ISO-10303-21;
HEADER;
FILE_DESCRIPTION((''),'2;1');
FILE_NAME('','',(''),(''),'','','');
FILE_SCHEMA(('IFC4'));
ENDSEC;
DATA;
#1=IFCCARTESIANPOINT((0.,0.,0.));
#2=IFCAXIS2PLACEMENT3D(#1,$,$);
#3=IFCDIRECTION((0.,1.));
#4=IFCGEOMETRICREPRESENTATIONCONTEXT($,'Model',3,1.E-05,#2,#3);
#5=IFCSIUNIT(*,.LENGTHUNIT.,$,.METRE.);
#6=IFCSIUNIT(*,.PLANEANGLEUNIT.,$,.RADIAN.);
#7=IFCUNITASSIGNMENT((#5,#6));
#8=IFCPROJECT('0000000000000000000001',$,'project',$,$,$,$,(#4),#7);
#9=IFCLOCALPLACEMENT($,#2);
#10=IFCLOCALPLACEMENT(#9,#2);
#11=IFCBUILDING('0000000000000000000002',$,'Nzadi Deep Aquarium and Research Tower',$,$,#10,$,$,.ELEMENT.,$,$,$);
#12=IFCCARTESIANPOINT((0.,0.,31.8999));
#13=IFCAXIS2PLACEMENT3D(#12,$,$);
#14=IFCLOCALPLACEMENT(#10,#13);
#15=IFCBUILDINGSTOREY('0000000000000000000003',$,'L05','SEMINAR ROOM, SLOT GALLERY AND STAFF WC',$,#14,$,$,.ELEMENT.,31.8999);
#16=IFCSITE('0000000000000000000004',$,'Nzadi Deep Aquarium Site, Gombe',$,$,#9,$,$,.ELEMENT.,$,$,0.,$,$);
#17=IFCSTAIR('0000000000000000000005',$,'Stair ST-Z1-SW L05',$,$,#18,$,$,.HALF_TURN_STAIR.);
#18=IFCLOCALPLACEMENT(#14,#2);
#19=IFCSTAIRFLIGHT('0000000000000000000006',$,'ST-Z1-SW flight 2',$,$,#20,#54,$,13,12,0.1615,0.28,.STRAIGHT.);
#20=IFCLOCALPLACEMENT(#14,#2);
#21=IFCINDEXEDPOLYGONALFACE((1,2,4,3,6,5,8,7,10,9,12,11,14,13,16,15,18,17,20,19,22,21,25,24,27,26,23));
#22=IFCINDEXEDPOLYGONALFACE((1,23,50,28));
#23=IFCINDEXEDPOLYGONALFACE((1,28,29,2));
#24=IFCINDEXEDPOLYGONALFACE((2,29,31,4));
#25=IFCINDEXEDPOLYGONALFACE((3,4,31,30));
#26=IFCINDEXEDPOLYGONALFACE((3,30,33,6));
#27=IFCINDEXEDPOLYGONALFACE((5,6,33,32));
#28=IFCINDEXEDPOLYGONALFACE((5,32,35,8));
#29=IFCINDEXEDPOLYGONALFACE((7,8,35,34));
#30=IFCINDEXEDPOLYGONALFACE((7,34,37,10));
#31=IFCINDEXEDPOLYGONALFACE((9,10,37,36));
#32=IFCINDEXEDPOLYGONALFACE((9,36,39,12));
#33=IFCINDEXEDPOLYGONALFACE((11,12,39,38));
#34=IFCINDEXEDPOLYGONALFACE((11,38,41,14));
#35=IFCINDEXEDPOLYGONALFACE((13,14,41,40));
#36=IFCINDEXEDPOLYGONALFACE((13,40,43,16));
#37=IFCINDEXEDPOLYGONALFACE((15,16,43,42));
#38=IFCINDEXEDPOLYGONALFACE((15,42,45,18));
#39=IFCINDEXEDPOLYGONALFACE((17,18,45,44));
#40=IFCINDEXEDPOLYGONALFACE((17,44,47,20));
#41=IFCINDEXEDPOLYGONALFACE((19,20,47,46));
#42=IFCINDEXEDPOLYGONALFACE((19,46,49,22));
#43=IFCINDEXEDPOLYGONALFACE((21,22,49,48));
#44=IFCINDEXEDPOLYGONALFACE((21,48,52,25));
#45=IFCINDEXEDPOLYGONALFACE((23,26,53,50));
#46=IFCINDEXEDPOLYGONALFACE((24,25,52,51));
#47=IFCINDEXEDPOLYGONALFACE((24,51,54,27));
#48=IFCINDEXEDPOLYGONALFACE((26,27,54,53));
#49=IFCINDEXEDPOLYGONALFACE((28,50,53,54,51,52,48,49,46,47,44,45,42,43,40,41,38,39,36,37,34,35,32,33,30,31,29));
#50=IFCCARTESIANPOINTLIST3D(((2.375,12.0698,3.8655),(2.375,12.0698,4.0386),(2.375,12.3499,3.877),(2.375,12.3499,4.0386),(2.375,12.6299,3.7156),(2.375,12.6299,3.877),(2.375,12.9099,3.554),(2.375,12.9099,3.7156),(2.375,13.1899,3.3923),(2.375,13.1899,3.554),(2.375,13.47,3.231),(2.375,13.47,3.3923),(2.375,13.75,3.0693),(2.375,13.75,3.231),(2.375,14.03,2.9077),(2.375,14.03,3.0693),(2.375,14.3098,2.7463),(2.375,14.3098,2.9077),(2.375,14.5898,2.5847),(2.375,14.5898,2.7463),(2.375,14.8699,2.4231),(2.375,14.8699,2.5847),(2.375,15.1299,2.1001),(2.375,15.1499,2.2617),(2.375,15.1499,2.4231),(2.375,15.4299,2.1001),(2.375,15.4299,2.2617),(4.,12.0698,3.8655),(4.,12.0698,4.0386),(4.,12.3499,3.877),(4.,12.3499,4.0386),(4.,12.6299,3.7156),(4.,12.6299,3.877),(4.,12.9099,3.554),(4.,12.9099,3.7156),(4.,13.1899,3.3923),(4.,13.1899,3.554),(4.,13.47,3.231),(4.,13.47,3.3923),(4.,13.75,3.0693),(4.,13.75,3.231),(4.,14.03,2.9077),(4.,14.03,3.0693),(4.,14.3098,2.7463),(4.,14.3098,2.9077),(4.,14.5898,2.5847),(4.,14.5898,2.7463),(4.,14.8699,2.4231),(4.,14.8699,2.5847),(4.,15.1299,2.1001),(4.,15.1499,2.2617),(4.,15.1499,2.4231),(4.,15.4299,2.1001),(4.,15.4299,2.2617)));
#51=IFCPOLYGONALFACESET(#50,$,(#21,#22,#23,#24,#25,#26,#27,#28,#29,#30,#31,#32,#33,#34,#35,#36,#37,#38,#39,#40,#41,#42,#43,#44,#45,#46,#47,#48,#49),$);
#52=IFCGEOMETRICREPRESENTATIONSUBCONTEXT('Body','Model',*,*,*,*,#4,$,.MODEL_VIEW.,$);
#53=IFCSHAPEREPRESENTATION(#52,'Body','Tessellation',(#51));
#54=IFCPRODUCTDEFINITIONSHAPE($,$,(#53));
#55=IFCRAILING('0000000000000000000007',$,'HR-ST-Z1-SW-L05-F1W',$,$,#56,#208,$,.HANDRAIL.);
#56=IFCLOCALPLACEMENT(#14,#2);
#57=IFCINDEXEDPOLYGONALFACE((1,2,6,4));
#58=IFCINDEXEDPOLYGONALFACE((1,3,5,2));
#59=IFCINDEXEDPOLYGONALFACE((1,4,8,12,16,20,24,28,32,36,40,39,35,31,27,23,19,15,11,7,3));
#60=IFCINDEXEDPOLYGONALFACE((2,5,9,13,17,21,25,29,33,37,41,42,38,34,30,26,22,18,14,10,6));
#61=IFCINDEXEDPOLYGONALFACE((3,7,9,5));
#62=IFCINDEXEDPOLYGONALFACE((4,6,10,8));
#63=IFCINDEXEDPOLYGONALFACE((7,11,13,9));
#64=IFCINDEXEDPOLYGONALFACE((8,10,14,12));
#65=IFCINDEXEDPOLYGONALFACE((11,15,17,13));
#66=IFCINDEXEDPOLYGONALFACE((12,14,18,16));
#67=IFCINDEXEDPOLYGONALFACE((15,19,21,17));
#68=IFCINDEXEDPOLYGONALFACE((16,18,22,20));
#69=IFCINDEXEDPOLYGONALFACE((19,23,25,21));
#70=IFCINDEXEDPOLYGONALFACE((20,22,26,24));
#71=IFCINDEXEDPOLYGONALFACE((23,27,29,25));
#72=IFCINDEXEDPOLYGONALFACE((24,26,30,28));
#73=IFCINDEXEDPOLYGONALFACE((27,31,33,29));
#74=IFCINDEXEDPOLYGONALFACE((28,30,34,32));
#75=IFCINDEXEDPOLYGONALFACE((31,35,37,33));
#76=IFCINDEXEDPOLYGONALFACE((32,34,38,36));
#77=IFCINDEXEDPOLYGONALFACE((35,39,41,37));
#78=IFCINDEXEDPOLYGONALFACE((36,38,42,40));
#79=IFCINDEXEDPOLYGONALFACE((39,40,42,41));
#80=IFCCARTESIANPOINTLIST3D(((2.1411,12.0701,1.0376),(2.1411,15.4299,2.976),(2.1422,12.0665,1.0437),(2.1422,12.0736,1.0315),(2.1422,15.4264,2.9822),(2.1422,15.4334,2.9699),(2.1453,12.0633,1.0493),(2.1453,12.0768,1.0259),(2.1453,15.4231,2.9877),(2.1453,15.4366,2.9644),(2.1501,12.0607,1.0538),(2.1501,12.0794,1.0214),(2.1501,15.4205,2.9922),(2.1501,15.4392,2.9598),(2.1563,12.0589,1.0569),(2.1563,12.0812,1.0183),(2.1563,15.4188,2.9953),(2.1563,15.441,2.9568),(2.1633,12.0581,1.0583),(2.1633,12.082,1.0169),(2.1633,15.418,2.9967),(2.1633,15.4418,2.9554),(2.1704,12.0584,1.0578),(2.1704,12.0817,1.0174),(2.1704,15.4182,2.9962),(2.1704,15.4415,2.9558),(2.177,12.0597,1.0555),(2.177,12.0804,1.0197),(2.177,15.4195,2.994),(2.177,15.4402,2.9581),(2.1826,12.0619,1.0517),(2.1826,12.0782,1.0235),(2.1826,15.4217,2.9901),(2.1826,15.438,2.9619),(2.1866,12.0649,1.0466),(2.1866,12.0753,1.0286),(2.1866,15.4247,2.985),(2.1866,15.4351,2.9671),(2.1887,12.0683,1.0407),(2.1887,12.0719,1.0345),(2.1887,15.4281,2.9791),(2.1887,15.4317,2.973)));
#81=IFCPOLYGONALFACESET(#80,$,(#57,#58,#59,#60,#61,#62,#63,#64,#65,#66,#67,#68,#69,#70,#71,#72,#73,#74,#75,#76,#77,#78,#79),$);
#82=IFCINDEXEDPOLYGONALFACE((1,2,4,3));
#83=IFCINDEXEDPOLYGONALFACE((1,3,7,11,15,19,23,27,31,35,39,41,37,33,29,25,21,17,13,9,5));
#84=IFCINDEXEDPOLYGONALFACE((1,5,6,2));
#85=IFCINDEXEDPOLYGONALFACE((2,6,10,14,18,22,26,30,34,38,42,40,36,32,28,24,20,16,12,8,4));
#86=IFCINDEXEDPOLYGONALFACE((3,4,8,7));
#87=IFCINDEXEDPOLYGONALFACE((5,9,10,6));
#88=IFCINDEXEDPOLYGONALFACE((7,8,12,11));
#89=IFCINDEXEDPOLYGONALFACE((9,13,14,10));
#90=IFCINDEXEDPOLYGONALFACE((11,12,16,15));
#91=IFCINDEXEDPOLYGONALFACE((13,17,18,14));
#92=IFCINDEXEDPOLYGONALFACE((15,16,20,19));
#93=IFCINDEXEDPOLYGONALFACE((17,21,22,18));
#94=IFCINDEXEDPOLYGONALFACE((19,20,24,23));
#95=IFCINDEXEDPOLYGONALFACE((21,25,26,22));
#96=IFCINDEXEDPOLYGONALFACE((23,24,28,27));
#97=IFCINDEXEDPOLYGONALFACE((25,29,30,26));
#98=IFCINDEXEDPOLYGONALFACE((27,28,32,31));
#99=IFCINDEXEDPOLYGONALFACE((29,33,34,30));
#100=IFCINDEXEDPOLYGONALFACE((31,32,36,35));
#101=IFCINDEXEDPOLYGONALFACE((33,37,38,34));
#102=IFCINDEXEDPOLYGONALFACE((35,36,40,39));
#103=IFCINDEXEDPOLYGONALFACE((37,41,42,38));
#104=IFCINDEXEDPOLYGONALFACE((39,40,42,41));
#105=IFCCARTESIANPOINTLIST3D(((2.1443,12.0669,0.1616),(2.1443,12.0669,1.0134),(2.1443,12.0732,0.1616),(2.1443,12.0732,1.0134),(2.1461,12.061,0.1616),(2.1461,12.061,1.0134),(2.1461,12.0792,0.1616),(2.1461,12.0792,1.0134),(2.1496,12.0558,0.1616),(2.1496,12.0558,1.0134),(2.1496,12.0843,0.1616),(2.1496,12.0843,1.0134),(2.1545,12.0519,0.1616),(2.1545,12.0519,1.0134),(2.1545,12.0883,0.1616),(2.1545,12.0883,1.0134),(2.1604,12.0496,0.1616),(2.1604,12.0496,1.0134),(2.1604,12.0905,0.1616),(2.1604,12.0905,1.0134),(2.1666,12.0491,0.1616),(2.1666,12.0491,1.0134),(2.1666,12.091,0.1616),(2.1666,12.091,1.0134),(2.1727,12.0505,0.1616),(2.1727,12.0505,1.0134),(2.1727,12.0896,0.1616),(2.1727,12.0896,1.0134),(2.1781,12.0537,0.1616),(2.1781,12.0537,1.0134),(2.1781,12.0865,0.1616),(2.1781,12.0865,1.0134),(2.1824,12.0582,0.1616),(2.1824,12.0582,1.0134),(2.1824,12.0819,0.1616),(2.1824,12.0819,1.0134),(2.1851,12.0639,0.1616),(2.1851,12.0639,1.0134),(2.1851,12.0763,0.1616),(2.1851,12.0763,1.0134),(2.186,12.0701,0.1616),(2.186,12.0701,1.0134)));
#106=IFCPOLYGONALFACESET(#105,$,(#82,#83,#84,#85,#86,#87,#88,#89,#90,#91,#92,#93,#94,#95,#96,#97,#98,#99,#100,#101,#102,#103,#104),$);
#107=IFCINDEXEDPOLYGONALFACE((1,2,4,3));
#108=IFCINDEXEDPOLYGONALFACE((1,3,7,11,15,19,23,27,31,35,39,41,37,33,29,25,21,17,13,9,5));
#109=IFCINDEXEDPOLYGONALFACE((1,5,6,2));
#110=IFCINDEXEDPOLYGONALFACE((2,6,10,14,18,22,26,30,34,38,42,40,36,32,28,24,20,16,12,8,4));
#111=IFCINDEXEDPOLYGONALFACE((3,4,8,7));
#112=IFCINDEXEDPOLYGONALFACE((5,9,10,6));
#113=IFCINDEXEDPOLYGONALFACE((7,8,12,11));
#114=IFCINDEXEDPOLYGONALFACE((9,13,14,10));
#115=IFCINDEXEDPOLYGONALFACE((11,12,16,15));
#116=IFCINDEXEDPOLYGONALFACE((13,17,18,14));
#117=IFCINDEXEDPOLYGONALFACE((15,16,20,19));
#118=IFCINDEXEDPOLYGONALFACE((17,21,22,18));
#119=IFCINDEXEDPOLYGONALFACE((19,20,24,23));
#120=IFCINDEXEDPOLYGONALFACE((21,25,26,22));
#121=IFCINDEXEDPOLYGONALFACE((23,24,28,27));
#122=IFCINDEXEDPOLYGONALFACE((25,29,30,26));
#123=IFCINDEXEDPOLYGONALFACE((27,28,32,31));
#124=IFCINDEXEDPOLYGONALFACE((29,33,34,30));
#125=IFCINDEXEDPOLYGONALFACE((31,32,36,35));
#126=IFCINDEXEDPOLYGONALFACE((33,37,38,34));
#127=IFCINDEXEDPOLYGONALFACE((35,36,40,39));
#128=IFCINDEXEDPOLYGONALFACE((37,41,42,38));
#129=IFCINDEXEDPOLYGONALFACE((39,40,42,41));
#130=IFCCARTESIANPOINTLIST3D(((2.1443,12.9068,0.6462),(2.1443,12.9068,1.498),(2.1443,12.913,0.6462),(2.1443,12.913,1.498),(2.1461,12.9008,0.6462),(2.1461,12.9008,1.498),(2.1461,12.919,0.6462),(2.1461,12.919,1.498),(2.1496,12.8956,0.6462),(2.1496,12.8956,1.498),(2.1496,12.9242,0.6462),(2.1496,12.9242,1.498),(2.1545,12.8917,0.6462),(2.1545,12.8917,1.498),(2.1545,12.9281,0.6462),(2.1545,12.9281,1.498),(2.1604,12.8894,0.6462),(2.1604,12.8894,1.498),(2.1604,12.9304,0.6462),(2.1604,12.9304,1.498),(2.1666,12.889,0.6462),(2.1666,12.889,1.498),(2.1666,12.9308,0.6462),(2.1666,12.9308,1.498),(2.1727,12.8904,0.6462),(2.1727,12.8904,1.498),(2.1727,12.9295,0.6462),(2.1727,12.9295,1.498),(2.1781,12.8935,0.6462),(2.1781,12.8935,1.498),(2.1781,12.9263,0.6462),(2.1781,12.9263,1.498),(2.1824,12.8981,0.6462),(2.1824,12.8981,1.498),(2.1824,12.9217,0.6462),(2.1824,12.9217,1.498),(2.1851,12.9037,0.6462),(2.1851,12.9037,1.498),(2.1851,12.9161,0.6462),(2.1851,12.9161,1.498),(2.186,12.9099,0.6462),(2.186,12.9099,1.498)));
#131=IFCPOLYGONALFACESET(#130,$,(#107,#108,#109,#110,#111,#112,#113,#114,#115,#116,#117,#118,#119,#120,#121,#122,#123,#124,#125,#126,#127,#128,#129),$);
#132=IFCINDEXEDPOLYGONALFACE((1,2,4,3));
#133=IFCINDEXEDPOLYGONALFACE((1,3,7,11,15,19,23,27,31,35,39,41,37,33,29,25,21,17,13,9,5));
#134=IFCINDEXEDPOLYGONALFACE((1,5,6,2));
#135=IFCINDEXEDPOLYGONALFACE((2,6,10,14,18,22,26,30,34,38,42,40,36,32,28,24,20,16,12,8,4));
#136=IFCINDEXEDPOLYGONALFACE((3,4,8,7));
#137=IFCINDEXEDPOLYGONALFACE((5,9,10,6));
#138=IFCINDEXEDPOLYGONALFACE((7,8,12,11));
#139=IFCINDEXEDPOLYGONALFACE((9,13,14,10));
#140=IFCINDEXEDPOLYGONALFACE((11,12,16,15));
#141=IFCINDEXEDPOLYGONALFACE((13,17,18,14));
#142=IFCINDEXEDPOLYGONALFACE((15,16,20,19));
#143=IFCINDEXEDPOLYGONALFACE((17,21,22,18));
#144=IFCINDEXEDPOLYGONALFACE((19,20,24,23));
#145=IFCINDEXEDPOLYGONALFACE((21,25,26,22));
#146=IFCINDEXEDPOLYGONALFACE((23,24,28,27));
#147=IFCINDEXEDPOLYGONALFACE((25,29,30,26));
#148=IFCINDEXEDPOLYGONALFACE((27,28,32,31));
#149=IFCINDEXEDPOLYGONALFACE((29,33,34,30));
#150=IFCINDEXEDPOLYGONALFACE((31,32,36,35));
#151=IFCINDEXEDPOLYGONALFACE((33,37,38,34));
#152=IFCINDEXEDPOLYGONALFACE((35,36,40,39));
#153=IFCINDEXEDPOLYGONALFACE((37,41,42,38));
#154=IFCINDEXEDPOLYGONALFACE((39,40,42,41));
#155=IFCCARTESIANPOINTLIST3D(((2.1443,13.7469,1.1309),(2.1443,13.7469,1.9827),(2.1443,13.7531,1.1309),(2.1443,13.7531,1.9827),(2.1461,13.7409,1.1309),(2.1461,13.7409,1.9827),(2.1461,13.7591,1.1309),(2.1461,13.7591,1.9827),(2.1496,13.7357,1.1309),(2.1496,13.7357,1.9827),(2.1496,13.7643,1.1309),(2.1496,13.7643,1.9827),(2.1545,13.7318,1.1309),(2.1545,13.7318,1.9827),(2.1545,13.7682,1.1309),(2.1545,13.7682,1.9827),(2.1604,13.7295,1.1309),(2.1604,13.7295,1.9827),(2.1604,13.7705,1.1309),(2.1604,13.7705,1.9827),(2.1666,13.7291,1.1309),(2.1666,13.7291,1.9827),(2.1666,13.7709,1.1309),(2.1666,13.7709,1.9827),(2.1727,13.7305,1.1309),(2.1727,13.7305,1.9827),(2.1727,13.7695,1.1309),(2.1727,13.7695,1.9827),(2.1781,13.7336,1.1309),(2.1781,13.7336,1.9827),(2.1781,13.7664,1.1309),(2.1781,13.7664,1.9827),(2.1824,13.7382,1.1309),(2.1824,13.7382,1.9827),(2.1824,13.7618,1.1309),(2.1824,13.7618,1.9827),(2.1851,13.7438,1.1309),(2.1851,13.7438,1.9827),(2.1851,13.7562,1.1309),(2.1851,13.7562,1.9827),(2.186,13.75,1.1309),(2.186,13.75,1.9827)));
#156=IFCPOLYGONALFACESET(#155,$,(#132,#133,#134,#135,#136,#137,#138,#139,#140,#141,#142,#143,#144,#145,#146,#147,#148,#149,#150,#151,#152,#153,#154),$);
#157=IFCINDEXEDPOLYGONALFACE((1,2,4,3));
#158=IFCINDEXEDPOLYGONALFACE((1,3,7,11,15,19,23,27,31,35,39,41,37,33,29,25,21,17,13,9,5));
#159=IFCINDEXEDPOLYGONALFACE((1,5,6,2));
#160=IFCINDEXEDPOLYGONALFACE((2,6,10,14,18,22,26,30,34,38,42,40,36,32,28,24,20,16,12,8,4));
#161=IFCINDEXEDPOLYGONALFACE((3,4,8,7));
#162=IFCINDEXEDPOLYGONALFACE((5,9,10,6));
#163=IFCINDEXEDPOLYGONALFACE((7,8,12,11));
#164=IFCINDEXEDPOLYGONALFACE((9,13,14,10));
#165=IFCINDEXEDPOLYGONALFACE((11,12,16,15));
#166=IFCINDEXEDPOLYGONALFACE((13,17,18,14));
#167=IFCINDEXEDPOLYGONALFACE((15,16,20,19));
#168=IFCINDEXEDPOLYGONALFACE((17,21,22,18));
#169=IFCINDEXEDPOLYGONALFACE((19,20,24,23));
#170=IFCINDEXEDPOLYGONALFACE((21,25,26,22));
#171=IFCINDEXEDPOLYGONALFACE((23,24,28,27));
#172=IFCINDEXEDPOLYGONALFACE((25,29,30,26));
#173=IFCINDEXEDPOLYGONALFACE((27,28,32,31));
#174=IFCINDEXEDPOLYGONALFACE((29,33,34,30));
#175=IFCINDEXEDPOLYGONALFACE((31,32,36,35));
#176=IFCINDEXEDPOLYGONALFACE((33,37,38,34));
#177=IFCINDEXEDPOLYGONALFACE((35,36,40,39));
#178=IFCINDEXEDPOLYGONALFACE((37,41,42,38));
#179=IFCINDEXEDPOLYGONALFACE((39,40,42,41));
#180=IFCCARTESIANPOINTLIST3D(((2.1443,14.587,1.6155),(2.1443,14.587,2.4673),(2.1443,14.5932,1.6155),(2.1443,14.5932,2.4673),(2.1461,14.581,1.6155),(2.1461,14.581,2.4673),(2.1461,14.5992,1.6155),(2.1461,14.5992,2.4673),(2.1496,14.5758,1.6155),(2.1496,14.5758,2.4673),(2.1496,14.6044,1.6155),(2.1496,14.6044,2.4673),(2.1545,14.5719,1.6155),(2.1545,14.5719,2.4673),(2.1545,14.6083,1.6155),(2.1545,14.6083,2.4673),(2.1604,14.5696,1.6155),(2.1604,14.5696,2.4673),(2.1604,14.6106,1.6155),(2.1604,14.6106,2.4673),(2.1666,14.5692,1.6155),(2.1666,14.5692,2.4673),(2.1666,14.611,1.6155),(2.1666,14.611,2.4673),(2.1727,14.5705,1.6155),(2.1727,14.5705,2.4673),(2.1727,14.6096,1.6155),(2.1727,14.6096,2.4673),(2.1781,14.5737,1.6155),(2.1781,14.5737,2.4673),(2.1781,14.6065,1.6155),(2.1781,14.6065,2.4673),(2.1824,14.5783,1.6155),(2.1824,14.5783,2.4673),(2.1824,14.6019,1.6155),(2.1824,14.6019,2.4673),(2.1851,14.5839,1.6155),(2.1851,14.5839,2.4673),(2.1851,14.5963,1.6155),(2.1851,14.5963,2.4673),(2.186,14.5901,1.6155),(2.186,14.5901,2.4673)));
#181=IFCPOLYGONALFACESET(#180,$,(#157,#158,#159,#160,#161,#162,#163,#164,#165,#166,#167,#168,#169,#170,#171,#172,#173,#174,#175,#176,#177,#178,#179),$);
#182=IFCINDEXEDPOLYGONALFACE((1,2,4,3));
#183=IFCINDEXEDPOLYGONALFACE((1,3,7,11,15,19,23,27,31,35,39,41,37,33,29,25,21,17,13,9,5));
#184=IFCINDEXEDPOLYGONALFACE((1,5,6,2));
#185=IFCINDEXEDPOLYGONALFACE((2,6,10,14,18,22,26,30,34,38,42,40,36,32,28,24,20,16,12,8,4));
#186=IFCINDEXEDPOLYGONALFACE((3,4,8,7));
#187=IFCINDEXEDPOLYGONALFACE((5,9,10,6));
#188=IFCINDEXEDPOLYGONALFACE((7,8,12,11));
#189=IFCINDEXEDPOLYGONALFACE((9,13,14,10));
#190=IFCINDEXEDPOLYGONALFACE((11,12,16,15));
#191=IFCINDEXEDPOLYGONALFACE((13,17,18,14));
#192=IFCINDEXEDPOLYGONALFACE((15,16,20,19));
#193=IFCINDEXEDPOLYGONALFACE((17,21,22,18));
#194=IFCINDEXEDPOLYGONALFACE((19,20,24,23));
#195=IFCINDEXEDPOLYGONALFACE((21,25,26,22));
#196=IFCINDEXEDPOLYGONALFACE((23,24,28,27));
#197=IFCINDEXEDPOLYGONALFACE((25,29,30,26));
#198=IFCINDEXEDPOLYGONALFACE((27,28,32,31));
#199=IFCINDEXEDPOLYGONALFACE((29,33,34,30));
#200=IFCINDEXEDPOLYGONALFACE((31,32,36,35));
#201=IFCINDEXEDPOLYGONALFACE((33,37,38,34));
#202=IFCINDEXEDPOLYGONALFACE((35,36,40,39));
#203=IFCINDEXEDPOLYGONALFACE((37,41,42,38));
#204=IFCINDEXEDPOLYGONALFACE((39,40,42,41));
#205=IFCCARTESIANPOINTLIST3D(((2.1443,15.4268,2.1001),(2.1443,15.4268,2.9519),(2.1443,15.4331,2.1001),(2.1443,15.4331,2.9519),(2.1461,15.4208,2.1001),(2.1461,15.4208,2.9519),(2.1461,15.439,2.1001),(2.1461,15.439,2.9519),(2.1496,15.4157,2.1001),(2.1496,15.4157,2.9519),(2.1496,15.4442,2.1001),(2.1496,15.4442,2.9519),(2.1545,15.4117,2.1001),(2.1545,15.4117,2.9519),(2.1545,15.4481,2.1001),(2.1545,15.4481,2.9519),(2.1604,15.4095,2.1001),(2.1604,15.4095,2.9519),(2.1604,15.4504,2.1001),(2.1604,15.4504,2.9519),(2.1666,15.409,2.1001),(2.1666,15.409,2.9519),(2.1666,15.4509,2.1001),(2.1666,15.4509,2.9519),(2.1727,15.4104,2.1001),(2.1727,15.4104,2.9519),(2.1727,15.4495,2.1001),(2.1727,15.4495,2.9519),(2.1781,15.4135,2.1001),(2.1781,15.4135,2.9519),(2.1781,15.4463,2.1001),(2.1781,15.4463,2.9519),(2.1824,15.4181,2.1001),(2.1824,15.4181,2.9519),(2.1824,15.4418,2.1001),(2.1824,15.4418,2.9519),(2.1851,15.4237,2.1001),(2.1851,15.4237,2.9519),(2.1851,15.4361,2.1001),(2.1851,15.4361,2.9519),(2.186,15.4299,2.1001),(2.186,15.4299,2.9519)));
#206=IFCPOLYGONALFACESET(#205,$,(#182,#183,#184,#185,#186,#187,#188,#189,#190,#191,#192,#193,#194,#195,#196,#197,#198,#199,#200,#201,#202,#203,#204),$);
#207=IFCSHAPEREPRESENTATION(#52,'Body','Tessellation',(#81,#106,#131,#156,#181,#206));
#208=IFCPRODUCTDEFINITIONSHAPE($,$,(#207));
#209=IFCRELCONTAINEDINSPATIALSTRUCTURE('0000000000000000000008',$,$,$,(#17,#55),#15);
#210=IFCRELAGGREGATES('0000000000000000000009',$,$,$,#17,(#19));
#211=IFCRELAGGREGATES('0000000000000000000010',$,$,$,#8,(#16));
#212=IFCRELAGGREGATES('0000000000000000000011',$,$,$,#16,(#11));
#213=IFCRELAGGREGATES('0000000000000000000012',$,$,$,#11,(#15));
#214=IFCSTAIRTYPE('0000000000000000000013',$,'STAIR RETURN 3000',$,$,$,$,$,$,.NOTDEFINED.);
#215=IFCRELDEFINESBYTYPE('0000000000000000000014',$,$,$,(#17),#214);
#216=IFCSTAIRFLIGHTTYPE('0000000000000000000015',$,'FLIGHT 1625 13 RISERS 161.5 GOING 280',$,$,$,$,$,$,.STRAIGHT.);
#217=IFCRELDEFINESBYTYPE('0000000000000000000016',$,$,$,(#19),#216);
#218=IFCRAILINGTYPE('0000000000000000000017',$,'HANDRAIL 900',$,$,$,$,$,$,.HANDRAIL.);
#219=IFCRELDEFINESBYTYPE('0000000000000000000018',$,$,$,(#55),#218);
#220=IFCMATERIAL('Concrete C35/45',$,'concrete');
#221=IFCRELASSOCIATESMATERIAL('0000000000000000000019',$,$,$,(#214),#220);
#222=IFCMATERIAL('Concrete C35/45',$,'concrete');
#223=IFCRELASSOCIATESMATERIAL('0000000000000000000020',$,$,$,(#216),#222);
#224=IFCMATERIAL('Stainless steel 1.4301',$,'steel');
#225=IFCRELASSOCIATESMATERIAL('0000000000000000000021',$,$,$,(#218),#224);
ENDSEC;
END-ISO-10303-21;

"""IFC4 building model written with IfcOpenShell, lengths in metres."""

from ifc_helpers import new_model, si_unit, direction, frame, origin, origin_2d, place, context, subcontext, project, spatial, polyline, circle, outline, extrude, material, type_object, element, aggregate, save


model = new_model("IFC4")

# Units and contexts
model_context = context("Model", 3, precision=1e-05, world=origin(), true_north=direction((0.0, 1.0)))
body_context = subcontext(model_context, "Body", "Model", "MODEL_VIEW")
ifc_project = project(units=[si_unit("LENGTHUNIT", "METRE"), si_unit("PLANEANGLEUNIT", "RADIAN")], contexts=[model_context])

# Site, building, storey
site_placement = place(None, origin())
site = spatial("IfcSite", under=ifc_project, at=site_placement, Name="Nzadi Deep Aquarium Site, Gombe", CompositionType="ELEMENT", RefElevation=0.0)
building_placement = place(site_placement, origin())
building = spatial("IfcBuilding", under=site, at=building_placement, Name="Nzadi Deep Aquarium and Research Tower", CompositionType="ELEMENT")
storey_placement = place(building_placement, frame((0.0, 0.0, 31.8999)))
storey = spatial("IfcBuildingStorey", under=building, at=storey_placement, Name="L05", Description="SEMINAR ROOM, SLOT GALLERY AND STAFF WC", CompositionType="ELEMENT", Elevation=31.8999)

# Stair, stair flight
ifc_material_1 = material(Name="Concrete C35/45", Category="concrete")
stair_type = type_object("IfcStairType", Name="STAIR RETURN 3000", PredefinedType="NOTDEFINED", material=ifc_material_1)
stair_placement = place(storey_placement, origin())
stair = element("IfcStair", 1, at=stair_placement, inside=storey, type_object=stair_type, Name="Stair ST-Z1-SW L05", PredefinedType="HALF_TURN_STAIR")
ifc_material_2 = material(Name="Concrete C35/45", Category="concrete")
stair_flight_type = type_object("IfcStairFlightType", Name="FLIGHT 1625 13 RISERS 161.5 GOING 280", PredefinedType="STRAIGHT", material=ifc_material_2)
stair_flight_placement = place(storey_placement, frame((3.1875, 15.4299, 2.1001), z_axis=(0.0, 0.0, 1.0), x_axis=(0.0, -1.0, 0.0)))
stair_flight = element("IfcStairFlight", 2, at=stair_flight_placement, type_object=stair_flight_type, Name="ST-Z1-SW flight 2", NumberOfRisers=13, NumberOfTreads=12, PredefinedType="STRAIGHT", RiserHeight=0.1615, TreadLength=0.28, context=body_context, shape_type="SweptSolid", body=[
    extrude(outline(polyline([(0.0, 0.0), (0.0, 0.1616), (0.28, 0.1616), (0.28, 0.323), (0.5601, 0.323), (0.5601, 0.4846), (0.8401, 0.4846), (0.8401, 0.6462), (1.1201, 0.6462), (1.1201, 0.8076), (1.3999, 0.8076), (1.3999, 0.9692), (1.6799, 0.9692), (1.6799, 1.1309), (1.96, 1.1309), (1.96, 1.2922), (2.24, 1.2922), (2.24, 1.4539), (2.52, 1.4539), (2.52, 1.6155), (2.8, 1.6155), (2.8, 1.7769), (3.0801, 1.7769), (3.0801, 1.9385), (3.3601, 1.9385), (3.3601, 2.1001), (3.3601, 1.7654), (0.3, 0.0), (0.0, 0.0)])), frame((0.0, 0.8125, 0.0), z_axis=(0.0, -1.0, 0.0), x_axis=(1.0, 0.0, 0.0)), (0.0, 0.0, 1.0), 1.625),
])
aggregate(stair, [stair_flight])

# Railing
ifc_material_3 = material(Name="Stainless steel 1.4301", Category="steel")
railing_type = type_object("IfcRailingType", Name="HANDRAIL 900", PredefinedType="HANDRAIL", material=ifc_material_3)
railing_placement = place(storey_placement, frame((2.165, 12.0701, 0.1616)))
element("IfcRailing", 3, at=railing_placement, inside=storey, type_object=railing_type, Name="HR-ST-Z1-SW-L05-F1W", PredefinedType="HANDRAIL", context=body_context, shape_type="SweptSolid", body=[
    extrude(circle(Radius=0.0239, at=origin_2d()), frame((0.0, 0.0, 0.876), z_axis=(0.0, 0.866175, 0.499741), x_axis=(-1.0, 0.0, 0.0)), (0.0, 0.0, 1.0), 3.8789),
    extrude(circle(Radius=0.021, at=origin_2d()), origin(), (0.0, 0.0, 1.0), 0.8518),
    extrude(circle(Radius=0.021, at=origin_2d()), frame((0.0, 0.8398, 0.4846)), (0.0, 0.0, 1.0), 0.8518),
    extrude(circle(Radius=0.021, at=origin_2d()), frame((0.0, 1.6799, 0.9692)), (0.0, 0.0, 1.0), 0.8518),
    extrude(circle(Radius=0.021, at=origin_2d()), frame((0.0, 2.52, 1.4539)), (0.0, 0.0, 1.0), 0.8518),
    extrude(circle(Radius=0.021, at=origin_2d()), frame((0.0, 3.3599, 1.9385)), (0.0, 0.0, 1.0), 0.8518),
])

save(model, "model.ifc")
